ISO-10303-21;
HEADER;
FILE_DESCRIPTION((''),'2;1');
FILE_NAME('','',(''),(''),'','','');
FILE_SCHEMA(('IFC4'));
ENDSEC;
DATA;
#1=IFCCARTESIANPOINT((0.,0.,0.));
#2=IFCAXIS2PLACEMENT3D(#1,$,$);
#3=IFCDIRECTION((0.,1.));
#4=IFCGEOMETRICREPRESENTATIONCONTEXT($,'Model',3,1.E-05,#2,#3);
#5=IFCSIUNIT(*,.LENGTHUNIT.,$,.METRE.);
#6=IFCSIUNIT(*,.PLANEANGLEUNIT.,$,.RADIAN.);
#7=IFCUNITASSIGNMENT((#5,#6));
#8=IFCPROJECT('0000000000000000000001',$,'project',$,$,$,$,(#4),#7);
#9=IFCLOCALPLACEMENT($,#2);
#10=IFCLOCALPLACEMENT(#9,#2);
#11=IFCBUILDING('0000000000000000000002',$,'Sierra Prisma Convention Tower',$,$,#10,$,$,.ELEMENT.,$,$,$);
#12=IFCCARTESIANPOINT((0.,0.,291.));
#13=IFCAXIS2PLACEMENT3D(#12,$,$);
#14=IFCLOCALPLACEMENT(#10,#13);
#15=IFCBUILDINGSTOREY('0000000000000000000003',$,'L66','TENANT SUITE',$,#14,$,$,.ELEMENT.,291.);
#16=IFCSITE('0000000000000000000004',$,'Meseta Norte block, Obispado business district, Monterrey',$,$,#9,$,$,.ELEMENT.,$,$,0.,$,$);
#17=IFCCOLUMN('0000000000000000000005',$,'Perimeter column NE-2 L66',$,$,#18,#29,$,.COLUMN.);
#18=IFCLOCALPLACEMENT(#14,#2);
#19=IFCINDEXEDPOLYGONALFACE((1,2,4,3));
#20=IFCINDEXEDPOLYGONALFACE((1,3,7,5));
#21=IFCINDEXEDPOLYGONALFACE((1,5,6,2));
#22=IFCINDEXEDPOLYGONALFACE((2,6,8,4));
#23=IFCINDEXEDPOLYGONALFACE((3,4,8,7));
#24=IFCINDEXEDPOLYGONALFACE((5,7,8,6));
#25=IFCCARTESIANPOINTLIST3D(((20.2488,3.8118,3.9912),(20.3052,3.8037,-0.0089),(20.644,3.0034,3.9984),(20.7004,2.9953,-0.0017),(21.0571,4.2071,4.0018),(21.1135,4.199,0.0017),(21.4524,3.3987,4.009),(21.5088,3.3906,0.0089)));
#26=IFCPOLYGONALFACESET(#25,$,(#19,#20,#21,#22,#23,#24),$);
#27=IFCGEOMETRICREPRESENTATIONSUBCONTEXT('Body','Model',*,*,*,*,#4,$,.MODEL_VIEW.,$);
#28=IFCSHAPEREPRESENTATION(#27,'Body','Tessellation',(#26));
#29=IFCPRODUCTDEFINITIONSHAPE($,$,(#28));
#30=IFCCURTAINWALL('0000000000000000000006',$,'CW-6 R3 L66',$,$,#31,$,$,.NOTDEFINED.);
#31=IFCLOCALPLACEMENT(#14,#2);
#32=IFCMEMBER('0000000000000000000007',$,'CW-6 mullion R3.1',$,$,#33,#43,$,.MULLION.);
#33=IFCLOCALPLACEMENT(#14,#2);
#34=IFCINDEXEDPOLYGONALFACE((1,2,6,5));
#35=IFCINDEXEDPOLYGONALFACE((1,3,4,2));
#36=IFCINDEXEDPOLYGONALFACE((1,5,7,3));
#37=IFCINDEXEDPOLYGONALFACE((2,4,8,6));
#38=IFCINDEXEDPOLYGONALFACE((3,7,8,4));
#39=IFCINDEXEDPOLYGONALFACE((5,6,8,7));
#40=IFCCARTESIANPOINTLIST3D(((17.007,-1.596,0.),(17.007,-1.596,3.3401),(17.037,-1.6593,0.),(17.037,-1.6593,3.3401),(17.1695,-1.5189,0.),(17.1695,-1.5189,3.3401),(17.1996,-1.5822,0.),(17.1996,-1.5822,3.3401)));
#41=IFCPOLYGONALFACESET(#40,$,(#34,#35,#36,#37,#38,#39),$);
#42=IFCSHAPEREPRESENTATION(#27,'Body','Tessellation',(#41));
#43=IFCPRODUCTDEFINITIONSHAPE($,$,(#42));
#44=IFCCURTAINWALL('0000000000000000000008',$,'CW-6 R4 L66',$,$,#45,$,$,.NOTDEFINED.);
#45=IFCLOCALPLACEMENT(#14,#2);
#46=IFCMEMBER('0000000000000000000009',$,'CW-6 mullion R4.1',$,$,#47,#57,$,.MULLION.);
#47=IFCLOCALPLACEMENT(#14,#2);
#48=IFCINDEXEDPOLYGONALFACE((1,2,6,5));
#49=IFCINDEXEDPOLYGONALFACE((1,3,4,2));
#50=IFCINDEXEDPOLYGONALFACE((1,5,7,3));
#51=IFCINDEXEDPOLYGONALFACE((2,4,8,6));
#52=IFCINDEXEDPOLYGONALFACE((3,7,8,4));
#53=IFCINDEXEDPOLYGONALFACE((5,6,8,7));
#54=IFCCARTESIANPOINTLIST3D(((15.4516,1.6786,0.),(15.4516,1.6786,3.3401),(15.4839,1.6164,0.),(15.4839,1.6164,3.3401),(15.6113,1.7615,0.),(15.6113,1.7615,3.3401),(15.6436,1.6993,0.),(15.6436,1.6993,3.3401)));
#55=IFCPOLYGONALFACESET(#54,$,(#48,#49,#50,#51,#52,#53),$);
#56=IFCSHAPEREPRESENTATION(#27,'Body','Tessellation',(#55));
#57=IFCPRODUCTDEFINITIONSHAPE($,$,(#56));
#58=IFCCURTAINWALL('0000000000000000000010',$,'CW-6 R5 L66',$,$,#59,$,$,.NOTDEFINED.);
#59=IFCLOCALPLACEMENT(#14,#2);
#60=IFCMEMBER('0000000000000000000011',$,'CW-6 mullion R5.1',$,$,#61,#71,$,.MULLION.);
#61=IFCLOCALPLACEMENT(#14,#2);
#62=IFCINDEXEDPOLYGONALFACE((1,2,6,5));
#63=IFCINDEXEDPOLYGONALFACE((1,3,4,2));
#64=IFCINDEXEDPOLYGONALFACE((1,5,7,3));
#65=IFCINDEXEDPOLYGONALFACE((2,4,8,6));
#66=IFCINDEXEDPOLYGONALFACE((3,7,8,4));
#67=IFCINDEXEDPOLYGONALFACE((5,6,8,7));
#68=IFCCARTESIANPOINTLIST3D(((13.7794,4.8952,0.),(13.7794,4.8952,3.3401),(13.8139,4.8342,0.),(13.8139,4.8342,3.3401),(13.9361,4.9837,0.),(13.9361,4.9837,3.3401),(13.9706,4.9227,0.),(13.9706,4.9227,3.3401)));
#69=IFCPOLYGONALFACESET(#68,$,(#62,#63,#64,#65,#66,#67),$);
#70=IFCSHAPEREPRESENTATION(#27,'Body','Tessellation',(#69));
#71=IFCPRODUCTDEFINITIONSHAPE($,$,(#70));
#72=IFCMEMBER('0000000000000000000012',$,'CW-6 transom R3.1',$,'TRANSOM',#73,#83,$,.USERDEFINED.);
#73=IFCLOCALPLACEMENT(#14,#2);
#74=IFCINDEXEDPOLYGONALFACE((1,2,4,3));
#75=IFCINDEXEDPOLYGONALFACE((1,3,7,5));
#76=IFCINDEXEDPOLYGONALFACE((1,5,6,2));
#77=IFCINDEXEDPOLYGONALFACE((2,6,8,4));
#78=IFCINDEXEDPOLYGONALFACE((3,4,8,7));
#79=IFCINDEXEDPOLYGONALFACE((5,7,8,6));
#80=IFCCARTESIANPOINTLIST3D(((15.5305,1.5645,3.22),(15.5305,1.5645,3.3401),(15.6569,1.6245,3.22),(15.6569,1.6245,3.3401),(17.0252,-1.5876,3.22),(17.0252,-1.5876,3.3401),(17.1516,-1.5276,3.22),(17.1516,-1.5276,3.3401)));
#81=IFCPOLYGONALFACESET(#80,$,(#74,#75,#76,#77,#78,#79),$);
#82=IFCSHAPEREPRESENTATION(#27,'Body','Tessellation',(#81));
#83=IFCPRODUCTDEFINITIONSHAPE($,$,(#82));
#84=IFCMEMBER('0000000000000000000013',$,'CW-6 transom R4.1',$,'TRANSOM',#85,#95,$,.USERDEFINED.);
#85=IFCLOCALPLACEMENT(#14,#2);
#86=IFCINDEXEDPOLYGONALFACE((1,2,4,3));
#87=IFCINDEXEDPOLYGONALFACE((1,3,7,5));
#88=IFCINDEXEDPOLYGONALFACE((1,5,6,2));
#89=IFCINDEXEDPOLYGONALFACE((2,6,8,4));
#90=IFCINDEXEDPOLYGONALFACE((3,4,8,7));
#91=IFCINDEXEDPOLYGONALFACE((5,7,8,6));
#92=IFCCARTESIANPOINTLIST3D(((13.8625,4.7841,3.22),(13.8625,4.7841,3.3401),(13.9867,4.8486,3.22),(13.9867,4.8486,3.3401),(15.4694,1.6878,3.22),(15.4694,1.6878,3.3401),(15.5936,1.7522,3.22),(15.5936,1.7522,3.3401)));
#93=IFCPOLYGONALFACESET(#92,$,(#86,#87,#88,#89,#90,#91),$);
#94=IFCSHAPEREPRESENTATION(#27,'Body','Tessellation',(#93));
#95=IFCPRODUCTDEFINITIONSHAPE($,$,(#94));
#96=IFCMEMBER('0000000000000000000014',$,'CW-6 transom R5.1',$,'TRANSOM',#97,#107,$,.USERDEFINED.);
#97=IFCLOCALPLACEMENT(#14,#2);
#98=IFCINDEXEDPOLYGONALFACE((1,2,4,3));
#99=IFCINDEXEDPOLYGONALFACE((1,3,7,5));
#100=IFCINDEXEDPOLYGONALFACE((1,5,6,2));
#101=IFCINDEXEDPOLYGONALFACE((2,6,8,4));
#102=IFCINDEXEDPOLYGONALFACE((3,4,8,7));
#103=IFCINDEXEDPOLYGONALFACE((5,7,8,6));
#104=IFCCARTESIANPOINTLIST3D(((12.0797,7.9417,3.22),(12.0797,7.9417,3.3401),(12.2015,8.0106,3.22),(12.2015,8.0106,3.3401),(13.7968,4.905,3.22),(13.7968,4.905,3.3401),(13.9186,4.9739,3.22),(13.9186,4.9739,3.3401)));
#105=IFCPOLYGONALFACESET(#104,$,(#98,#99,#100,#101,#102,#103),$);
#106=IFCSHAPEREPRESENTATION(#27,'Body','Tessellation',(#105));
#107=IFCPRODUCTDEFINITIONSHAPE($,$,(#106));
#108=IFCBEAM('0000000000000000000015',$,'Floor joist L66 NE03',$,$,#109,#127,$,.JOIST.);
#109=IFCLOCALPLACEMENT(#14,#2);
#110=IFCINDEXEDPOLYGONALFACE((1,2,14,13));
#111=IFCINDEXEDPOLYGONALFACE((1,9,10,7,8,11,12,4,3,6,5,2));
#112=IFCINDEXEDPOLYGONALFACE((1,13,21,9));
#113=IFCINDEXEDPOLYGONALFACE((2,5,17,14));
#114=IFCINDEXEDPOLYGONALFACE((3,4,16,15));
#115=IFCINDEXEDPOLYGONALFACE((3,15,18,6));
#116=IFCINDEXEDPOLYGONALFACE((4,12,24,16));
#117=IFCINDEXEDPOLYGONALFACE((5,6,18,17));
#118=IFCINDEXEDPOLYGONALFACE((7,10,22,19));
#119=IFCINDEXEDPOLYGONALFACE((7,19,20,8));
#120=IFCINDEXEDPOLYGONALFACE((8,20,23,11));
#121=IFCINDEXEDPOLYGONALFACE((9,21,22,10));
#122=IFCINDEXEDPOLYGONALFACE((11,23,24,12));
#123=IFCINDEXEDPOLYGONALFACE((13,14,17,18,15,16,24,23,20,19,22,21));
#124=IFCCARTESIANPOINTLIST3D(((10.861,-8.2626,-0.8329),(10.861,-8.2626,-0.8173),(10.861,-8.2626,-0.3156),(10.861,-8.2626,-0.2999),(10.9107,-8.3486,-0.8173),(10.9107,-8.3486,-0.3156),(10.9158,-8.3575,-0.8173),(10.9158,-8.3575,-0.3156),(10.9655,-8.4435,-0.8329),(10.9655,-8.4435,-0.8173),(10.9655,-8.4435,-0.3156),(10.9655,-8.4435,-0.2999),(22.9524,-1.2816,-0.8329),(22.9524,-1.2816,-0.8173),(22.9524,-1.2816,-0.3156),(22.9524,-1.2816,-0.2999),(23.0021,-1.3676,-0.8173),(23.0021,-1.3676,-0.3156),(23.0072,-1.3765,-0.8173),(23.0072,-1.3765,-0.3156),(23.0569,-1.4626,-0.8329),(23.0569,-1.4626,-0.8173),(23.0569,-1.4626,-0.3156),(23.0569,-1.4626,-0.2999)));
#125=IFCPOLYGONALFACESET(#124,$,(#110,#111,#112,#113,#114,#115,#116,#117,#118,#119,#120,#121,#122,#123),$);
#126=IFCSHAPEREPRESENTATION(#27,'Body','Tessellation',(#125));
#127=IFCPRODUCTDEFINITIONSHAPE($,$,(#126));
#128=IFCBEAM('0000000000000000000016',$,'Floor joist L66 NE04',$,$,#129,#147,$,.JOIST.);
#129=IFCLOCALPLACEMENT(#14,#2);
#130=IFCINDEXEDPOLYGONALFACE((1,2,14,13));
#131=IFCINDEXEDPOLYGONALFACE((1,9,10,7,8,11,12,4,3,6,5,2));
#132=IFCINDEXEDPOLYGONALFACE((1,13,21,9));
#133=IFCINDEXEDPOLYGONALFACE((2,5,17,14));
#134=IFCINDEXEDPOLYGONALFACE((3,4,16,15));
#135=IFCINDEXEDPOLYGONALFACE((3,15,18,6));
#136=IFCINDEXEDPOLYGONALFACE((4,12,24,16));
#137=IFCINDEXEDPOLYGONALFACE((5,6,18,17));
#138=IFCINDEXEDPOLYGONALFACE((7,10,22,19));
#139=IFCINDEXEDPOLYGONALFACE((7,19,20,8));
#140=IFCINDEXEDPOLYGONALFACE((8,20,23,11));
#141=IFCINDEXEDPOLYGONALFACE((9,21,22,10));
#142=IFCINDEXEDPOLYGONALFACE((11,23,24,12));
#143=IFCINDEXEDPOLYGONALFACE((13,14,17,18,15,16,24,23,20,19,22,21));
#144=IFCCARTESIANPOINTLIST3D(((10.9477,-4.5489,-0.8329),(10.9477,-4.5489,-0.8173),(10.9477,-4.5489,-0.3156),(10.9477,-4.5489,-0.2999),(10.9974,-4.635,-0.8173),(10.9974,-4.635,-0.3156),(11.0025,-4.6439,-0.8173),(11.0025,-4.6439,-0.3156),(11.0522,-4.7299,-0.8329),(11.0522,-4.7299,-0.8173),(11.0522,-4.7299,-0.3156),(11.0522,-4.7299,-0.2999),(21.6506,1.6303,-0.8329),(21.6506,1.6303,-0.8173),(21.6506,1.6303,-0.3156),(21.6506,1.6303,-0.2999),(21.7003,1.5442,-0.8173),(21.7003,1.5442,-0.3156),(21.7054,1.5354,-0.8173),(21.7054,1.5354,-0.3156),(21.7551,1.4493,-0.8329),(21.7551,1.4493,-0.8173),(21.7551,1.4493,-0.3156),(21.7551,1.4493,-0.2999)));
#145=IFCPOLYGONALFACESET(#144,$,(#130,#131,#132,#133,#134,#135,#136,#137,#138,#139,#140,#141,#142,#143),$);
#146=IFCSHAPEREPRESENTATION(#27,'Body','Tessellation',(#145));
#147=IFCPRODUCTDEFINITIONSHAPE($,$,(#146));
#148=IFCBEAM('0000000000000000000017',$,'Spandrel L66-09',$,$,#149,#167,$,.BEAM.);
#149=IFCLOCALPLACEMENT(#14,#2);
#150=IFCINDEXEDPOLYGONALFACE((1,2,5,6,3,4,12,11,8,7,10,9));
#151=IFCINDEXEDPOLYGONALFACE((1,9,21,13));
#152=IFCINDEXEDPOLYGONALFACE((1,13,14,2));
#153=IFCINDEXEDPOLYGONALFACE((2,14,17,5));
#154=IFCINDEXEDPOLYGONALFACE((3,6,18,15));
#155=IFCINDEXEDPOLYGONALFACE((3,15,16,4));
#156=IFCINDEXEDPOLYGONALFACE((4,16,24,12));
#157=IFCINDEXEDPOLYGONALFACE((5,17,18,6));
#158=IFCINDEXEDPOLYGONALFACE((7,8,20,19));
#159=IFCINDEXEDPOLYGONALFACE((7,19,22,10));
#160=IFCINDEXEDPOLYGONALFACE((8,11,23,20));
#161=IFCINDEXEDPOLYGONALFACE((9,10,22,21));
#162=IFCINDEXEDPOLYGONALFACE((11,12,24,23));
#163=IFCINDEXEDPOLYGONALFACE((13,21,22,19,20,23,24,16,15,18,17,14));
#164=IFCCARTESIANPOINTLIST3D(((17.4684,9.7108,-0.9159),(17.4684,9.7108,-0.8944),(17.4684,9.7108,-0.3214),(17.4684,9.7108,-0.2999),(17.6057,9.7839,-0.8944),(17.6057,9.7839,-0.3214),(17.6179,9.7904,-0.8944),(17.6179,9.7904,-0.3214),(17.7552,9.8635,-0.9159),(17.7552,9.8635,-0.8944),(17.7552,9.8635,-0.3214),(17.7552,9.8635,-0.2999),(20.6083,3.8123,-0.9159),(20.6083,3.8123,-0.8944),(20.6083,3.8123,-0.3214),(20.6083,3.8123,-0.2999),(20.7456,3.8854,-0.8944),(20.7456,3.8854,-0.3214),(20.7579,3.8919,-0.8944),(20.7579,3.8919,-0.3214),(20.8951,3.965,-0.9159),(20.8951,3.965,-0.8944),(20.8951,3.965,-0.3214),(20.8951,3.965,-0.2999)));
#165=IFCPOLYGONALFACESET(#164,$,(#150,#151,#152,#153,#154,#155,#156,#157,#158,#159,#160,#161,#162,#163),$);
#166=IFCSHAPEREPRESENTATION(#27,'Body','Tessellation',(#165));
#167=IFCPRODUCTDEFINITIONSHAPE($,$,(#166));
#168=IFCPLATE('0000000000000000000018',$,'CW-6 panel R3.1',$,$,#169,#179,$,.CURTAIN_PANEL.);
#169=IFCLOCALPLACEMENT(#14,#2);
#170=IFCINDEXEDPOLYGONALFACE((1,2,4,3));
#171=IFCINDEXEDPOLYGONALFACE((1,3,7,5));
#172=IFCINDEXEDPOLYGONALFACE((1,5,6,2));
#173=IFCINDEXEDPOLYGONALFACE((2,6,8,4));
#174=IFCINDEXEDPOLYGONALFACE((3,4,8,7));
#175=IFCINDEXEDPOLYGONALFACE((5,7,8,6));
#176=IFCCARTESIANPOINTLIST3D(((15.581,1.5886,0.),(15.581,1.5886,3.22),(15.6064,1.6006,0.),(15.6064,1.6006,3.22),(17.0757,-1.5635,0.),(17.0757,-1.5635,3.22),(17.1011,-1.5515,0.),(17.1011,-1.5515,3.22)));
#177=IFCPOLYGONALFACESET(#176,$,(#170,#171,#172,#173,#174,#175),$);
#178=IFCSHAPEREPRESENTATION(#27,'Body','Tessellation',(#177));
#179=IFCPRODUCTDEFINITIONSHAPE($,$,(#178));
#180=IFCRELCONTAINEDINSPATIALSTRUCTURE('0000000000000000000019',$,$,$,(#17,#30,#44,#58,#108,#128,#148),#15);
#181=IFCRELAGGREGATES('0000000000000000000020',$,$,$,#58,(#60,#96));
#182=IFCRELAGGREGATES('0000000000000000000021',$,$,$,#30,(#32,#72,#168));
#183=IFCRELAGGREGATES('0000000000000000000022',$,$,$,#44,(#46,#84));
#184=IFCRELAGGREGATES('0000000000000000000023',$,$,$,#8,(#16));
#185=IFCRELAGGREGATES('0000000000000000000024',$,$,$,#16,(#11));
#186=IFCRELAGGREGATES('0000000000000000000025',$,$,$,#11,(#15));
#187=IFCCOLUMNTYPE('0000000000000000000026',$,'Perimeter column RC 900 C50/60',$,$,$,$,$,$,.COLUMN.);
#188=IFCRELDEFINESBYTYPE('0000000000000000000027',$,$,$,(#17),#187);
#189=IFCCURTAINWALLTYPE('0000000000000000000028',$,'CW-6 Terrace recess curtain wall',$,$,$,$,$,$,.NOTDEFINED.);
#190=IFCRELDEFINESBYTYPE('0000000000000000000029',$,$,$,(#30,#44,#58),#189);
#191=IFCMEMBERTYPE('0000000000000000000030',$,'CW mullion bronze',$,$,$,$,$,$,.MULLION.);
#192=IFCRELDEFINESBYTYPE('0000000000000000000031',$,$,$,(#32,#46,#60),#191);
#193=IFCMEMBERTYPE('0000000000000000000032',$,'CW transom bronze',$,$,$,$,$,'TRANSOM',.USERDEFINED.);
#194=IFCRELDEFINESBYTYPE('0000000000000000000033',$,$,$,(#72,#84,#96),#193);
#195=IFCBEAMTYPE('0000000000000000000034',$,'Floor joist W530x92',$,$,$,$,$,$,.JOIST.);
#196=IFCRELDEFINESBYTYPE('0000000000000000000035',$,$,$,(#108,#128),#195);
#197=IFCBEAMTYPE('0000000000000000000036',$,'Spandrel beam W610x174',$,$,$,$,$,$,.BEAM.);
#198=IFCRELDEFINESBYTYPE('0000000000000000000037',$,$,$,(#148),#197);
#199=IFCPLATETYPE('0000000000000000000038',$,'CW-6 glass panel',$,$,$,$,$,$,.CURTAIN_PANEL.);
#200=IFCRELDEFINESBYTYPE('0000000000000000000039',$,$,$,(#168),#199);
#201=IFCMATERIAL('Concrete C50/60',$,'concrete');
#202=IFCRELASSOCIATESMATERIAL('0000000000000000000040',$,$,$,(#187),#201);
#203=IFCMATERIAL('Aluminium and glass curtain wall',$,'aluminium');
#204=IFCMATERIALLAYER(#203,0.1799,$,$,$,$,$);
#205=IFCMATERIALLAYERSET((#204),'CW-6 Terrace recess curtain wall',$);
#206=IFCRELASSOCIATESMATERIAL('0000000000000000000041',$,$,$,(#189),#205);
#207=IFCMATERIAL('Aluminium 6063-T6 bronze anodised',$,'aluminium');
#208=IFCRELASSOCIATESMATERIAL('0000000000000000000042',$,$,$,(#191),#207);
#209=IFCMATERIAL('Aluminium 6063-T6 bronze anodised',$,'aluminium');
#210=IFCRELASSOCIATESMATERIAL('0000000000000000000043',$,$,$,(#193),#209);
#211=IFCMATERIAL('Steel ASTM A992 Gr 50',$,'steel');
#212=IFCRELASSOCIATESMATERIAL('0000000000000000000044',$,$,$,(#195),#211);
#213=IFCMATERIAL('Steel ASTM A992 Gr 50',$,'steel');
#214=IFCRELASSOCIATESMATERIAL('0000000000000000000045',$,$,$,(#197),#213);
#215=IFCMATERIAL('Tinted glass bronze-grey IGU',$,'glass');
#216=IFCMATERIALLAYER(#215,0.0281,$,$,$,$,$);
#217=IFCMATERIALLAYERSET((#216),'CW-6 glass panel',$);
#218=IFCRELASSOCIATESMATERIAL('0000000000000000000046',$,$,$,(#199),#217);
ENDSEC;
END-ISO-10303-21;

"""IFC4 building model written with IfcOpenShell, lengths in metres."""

from ifc_helpers import new_model, si_unit, direction, frame, origin, origin_2d, place, context, subcontext, project, spatial, rectangle, i_section, extrude, material, layer, layer_set, material_profile, profile_set, type_object, element, aggregate, save


model = new_model("IFC4")

# Units and contexts
model_context = context("Model", 3, precision=1e-05, world=origin(), true_north=direction((0.0, 1.0)))
body_context = subcontext(model_context, "Body", "Model", "MODEL_VIEW")
ifc_project = project(units=[si_unit("LENGTHUNIT", "METRE"), si_unit("PLANEANGLEUNIT", "RADIAN")], contexts=[model_context])

# Site, building, storey
site_placement = place(None, origin())
site = spatial("IfcSite", under=ifc_project, at=site_placement, Name="Meseta Norte block, Obispado business district, Monterrey", CompositionType="ELEMENT", RefElevation=0.0)
building_placement = place(site_placement, origin())
building = spatial("IfcBuilding", under=site, at=building_placement, Name="Sierra Prisma Convention Tower", CompositionType="ELEMENT")
storey_placement = place(building_placement, frame((0.0, 0.0, 291.0)))
storey = spatial("IfcBuildingStorey", under=building, at=storey_placement, Name="L66", Description="TENANT SUITE", CompositionType="ELEMENT", Elevation=291.0)

# Column
ifc_material_1 = material(Name="Concrete C50/60", Category="concrete")
ifc_material_profile_1 = material_profile(ifc_material_1, rectangle(XDim=0.8999, YDim=0.8999, at=origin_2d()), Name="Perimeter column RC 900 C50/60")
ifc_profile_set_1 = profile_set([ifc_material_profile_1], Name="Concrete C50/60")
column_type = type_object("IfcColumnType", Name="Perimeter column RC 900 C50/60", PredefinedType="COLUMN", material=ifc_profile_set_1)
column_placement = place(storey_placement, frame((20.907, 3.5972, 0.0), z_axis=(-0.014098, 0.002014, 0.999899), x_axis=(-0.439214, 0.898347, -0.008002)))
element("IfcColumn", 1, at=column_placement, inside=storey, type_object=column_type, Name="Perimeter column NE-2 L66", PredefinedType="COLUMN", context=body_context, shape_type="SweptSolid", body=[
    extrude(rectangle(XDim=0.8999, YDim=0.8999, at=origin_2d()), origin(), (0.0, 0.0, 1.0), 4.0005),
])

# Curtain walls, members
ifc_material_2 = material(Name="Aluminium and glass curtain wall", Category="aluminium")
ifc_layer_1 = layer(ifc_material_2, 0.1799)
ifc_layer_set_1 = layer_set([ifc_layer_1], Name="CW-6 Terrace recess curtain wall")
curtain_wall_type = type_object("IfcCurtainWallType", Name="CW-6 Terrace recess curtain wall", PredefinedType="NOTDEFINED", material=ifc_layer_set_1)
curtain_wall_1_placement = place(storey_placement, origin())
curtain_wall_1 = element("IfcCurtainWall", 2, at=curtain_wall_1_placement, inside=storey, type_object=curtain_wall_type, Name="CW-6 R3 L66", PredefinedType="NOTDEFINED")
ifc_material_3 = material(Name="Aluminium 6063-T6 bronze anodised", Category="aluminium")
ifc_material_profile_2 = material_profile(ifc_material_3, rectangle(XDim=0.1799, YDim=0.0701, at=origin_2d()), Name="ALU MULLION 70x180")
ifc_profile_set_2 = profile_set([ifc_material_profile_2], Name="Aluminium 6063-T6 bronze anodised")
member_type_1 = type_object("IfcMemberType", Name="CW mullion bronze", PredefinedType="MULLION", material=ifc_profile_set_2)
member_1_placement = place(storey_placement, frame((17.1033, -1.5891, 0.0), z_axis=(0.0, 0.0, 1.0), x_axis=(-0.903555, -0.428472, 0.0)))
member_1 = element("IfcMember", 3, at=member_1_placement, type_object=member_type_1, Name="CW-6 mullion R3.1", PredefinedType="MULLION", context=body_context, shape_type="SweptSolid", body=[
    extrude(rectangle(XDim=0.1799, YDim=0.0701, at=origin_2d()), origin(), (0.0, 0.0, 1.0), 3.3401),
])
curtain_wall_2_placement = place(storey_placement, origin())
curtain_wall_2 = element("IfcCurtainWall", 4, at=curtain_wall_2_placement, inside=storey, type_object=curtain_wall_type, Name="CW-6 R4 L66", PredefinedType="NOTDEFINED")
member_2_placement = place(storey_placement, frame((15.5476, 1.689, 0.0), z_axis=(0.0, 0.0, 1.0), x_axis=(-0.887589, -0.460636, 0.0)))
member_2 = element("IfcMember", 5, at=member_2_placement, type_object=member_type_1, Name="CW-6 mullion R4.1", PredefinedType="MULLION", context=body_context, shape_type="SweptSolid", body=[
    extrude(rectangle(XDim=0.1799, YDim=0.0701, at=origin_2d()), origin(), (0.0, 0.0, 1.0), 3.3401),
])
curtain_wall_3_placement = place(storey_placement, origin())
curtain_wall_3 = element("IfcCurtainWall", 6, at=curtain_wall_3_placement, inside=storey, type_object=curtain_wall_type, Name="CW-6 R5 L66", PredefinedType="NOTDEFINED")
member_3_placement = place(storey_placement, frame((13.875, 4.9089, 0.0), z_axis=(0.0, 0.0, 1.0), x_axis=(-0.870479, -0.492205, 0.0)))
member_3 = element("IfcMember", 7, at=member_3_placement, type_object=member_type_1, Name="CW-6 mullion R5.1", PredefinedType="MULLION", context=body_context, shape_type="SweptSolid", body=[
    extrude(rectangle(XDim=0.1799, YDim=0.0701, at=origin_2d()), origin(), (0.0, 0.0, 1.0), 3.3401),
])

# Members
ifc_material_4 = material(Name="Aluminium 6063-T6 bronze anodised", Category="aluminium")
ifc_material_profile_3 = material_profile(ifc_material_4, rectangle(XDim=0.1399, YDim=0.1201, at=origin_2d()), Name="ALU TRANSOM 120x140")
ifc_profile_set_3 = profile_set([ifc_material_profile_3], Name="Aluminium 6063-T6 bronze anodised")
member_type_2 = type_object("IfcMemberType", Name="CW transom bronze", ElementType="TRANSOM", PredefinedType="USERDEFINED", material=ifc_profile_set_3)
member_4_placement = place(storey_placement, frame((17.0884, -1.5576, 3.28), z_axis=(-0.428444, 0.903568, 0.0), x_axis=(-0.903568, -0.428444, 0.0)))
member_4 = element("IfcMember", 8, at=member_4_placement, type_object=member_type_2, Name="CW-6 transom R3.1", ObjectType="TRANSOM", PredefinedType="USERDEFINED", context=body_context, shape_type="SweptSolid", body=[
    extrude(rectangle(XDim=0.1399, YDim=0.1201, at=origin_2d()), origin(), (0.0, 0.0, 1.0), 3.4885),
])
member_5_placement = place(storey_placement, frame((15.5315, 1.72, 3.28), z_axis=(-0.460628, 0.887593, 0.0), x_axis=(-0.887593, -0.460628, 0.0)))
member_5 = element("IfcMember", 9, at=member_5_placement, type_object=member_type_2, Name="CW-6 transom R4.1", ObjectType="TRANSOM", PredefinedType="USERDEFINED", context=body_context, shape_type="SweptSolid", body=[
    extrude(rectangle(XDim=0.1399, YDim=0.1201, at=origin_2d()), origin(), (0.0, 0.0, 1.0), 3.4885),
])
member_6_placement = place(storey_placement, frame((13.8577, 4.9395, 3.28), z_axis=(-0.492207, 0.870478, 0.0), x_axis=(-0.870478, -0.492207, 0.0)))
member_6 = element("IfcMember", 10, at=member_6_placement, type_object=member_type_2, Name="CW-6 transom R5.1", ObjectType="TRANSOM", PredefinedType="USERDEFINED", context=body_context, shape_type="SweptSolid", body=[
    extrude(rectangle(XDim=0.1399, YDim=0.1201, at=origin_2d()), origin(), (0.0, 0.0, 1.0), 3.4885),
])
aggregate(curtain_wall_3, [member_3, member_6])

# Beams
ifc_material_5 = material(Name="Steel ASTM A992 Gr 50", Category="steel")
ifc_material_profile_4 = material_profile(ifc_material_5, i_section(OverallWidth=0.209, OverallDepth=0.533, WebThickness=0.0103, FlangeThickness=0.0156, at=origin_2d()), Name="W530x92")
ifc_profile_set_4 = profile_set([ifc_material_profile_4], Name="Steel ASTM A992 Gr 50")
beam_type_1 = type_object("IfcBeamType", Name="Floor joist W530x92", PredefinedType="JOIST", material=ifc_profile_set_4)
beam_1_placement = place(storey_placement, frame((23.0046, -1.3721, -0.5664), z_axis=(-0.866024, -0.500002, 0.0), x_axis=(0.500002, -0.866024, 0.0)))
element("IfcBeam", 11, at=beam_1_placement, inside=storey, type_object=beam_type_1, Name="Floor joist L66 NE03", PredefinedType="JOIST", context=body_context, shape_type="SweptSolid", body=[
    extrude(i_section(OverallWidth=0.209, OverallDepth=0.533, WebThickness=0.0103, FlangeThickness=0.0156, at=origin_2d()), origin(), (0.0, 0.0, 1.0), 13.9619),
])
beam_2_placement = place(storey_placement, frame((21.7029, 1.5398, -0.5664), z_axis=(-0.866029, -0.499993, 0.0), x_axis=(0.499993, -0.866029, 0.0)))
element("IfcBeam", 12, at=beam_2_placement, inside=storey, type_object=beam_type_1, Name="Floor joist L66 NE04", PredefinedType="JOIST", context=body_context, shape_type="SweptSolid", body=[
    extrude(i_section(OverallWidth=0.209, OverallDepth=0.533, WebThickness=0.0103, FlangeThickness=0.0156, at=origin_2d()), origin(), (0.0, 0.0, 1.0), 12.3586),
])
ifc_material_6 = material(Name="Steel ASTM A992 Gr 50", Category="steel")
ifc_material_profile_5 = material_profile(ifc_material_6, i_section(OverallWidth=0.325, OverallDepth=0.616, WebThickness=0.0139, FlangeThickness=0.0215, at=origin_2d()), Name="W610x174")
ifc_profile_set_5 = profile_set([ifc_material_profile_5], Name="Steel ASTM A992 Gr 50")
beam_type_2 = type_object("IfcBeamType", Name="Spandrel beam W610x174", PredefinedType="BEAM", material=ifc_profile_set_5)
beam_3_placement = place(storey_placement, frame((20.7517, 3.8887, -0.6079), z_axis=(-0.469896, 0.882722, 0.0), x_axis=(-0.882722, -0.469896, 0.0)))
element("IfcBeam", 13, at=beam_3_placement, inside=storey, type_object=beam_type_2, Name="Spandrel L66-09", PredefinedType="BEAM", context=body_context, shape_type="SweptSolid", body=[
    extrude(i_section(OverallWidth=0.325, OverallDepth=0.616, WebThickness=0.0139, FlangeThickness=0.0215, at=origin_2d()), origin(), (0.0, 0.0, 1.0), 6.6821),
])

# Plate
ifc_material_7 = material(Name="Tinted glass bronze-grey IGU", Category="glass")
ifc_layer_2 = layer(ifc_material_7, 0.0281)
ifc_layer_set_2 = layer_set([ifc_layer_2], Name="CW-6 glass panel")
plate_type = type_object("IfcPlateType", Name="CW-6 glass panel", PredefinedType="CURTAIN_PANEL", material=ifc_layer_set_2)
plate_1_placement = place(storey_placement, frame((16.3411, 0.0186, 0.0), z_axis=(0.0, 0.0, 1.0), x_axis=(-0.428472, 0.903555, 0.0)))
plate_1 = element("IfcPlate", 14, at=plate_1_placement, type_object=plate_type, Name="CW-6 panel R3.1", PredefinedType="CURTAIN_PANEL", context=body_context, shape_type="SweptSolid", body=[
    extrude(rectangle(XDim=3.4885, YDim=0.0281, at=origin_2d()), origin(), (0.0, 0.0, 1.0), 3.22),
])
aggregate(curtain_wall_1, [member_1, member_4, plate_1])
aggregate(curtain_wall_2, [member_2, member_5])

save(model, "model.ifc")
